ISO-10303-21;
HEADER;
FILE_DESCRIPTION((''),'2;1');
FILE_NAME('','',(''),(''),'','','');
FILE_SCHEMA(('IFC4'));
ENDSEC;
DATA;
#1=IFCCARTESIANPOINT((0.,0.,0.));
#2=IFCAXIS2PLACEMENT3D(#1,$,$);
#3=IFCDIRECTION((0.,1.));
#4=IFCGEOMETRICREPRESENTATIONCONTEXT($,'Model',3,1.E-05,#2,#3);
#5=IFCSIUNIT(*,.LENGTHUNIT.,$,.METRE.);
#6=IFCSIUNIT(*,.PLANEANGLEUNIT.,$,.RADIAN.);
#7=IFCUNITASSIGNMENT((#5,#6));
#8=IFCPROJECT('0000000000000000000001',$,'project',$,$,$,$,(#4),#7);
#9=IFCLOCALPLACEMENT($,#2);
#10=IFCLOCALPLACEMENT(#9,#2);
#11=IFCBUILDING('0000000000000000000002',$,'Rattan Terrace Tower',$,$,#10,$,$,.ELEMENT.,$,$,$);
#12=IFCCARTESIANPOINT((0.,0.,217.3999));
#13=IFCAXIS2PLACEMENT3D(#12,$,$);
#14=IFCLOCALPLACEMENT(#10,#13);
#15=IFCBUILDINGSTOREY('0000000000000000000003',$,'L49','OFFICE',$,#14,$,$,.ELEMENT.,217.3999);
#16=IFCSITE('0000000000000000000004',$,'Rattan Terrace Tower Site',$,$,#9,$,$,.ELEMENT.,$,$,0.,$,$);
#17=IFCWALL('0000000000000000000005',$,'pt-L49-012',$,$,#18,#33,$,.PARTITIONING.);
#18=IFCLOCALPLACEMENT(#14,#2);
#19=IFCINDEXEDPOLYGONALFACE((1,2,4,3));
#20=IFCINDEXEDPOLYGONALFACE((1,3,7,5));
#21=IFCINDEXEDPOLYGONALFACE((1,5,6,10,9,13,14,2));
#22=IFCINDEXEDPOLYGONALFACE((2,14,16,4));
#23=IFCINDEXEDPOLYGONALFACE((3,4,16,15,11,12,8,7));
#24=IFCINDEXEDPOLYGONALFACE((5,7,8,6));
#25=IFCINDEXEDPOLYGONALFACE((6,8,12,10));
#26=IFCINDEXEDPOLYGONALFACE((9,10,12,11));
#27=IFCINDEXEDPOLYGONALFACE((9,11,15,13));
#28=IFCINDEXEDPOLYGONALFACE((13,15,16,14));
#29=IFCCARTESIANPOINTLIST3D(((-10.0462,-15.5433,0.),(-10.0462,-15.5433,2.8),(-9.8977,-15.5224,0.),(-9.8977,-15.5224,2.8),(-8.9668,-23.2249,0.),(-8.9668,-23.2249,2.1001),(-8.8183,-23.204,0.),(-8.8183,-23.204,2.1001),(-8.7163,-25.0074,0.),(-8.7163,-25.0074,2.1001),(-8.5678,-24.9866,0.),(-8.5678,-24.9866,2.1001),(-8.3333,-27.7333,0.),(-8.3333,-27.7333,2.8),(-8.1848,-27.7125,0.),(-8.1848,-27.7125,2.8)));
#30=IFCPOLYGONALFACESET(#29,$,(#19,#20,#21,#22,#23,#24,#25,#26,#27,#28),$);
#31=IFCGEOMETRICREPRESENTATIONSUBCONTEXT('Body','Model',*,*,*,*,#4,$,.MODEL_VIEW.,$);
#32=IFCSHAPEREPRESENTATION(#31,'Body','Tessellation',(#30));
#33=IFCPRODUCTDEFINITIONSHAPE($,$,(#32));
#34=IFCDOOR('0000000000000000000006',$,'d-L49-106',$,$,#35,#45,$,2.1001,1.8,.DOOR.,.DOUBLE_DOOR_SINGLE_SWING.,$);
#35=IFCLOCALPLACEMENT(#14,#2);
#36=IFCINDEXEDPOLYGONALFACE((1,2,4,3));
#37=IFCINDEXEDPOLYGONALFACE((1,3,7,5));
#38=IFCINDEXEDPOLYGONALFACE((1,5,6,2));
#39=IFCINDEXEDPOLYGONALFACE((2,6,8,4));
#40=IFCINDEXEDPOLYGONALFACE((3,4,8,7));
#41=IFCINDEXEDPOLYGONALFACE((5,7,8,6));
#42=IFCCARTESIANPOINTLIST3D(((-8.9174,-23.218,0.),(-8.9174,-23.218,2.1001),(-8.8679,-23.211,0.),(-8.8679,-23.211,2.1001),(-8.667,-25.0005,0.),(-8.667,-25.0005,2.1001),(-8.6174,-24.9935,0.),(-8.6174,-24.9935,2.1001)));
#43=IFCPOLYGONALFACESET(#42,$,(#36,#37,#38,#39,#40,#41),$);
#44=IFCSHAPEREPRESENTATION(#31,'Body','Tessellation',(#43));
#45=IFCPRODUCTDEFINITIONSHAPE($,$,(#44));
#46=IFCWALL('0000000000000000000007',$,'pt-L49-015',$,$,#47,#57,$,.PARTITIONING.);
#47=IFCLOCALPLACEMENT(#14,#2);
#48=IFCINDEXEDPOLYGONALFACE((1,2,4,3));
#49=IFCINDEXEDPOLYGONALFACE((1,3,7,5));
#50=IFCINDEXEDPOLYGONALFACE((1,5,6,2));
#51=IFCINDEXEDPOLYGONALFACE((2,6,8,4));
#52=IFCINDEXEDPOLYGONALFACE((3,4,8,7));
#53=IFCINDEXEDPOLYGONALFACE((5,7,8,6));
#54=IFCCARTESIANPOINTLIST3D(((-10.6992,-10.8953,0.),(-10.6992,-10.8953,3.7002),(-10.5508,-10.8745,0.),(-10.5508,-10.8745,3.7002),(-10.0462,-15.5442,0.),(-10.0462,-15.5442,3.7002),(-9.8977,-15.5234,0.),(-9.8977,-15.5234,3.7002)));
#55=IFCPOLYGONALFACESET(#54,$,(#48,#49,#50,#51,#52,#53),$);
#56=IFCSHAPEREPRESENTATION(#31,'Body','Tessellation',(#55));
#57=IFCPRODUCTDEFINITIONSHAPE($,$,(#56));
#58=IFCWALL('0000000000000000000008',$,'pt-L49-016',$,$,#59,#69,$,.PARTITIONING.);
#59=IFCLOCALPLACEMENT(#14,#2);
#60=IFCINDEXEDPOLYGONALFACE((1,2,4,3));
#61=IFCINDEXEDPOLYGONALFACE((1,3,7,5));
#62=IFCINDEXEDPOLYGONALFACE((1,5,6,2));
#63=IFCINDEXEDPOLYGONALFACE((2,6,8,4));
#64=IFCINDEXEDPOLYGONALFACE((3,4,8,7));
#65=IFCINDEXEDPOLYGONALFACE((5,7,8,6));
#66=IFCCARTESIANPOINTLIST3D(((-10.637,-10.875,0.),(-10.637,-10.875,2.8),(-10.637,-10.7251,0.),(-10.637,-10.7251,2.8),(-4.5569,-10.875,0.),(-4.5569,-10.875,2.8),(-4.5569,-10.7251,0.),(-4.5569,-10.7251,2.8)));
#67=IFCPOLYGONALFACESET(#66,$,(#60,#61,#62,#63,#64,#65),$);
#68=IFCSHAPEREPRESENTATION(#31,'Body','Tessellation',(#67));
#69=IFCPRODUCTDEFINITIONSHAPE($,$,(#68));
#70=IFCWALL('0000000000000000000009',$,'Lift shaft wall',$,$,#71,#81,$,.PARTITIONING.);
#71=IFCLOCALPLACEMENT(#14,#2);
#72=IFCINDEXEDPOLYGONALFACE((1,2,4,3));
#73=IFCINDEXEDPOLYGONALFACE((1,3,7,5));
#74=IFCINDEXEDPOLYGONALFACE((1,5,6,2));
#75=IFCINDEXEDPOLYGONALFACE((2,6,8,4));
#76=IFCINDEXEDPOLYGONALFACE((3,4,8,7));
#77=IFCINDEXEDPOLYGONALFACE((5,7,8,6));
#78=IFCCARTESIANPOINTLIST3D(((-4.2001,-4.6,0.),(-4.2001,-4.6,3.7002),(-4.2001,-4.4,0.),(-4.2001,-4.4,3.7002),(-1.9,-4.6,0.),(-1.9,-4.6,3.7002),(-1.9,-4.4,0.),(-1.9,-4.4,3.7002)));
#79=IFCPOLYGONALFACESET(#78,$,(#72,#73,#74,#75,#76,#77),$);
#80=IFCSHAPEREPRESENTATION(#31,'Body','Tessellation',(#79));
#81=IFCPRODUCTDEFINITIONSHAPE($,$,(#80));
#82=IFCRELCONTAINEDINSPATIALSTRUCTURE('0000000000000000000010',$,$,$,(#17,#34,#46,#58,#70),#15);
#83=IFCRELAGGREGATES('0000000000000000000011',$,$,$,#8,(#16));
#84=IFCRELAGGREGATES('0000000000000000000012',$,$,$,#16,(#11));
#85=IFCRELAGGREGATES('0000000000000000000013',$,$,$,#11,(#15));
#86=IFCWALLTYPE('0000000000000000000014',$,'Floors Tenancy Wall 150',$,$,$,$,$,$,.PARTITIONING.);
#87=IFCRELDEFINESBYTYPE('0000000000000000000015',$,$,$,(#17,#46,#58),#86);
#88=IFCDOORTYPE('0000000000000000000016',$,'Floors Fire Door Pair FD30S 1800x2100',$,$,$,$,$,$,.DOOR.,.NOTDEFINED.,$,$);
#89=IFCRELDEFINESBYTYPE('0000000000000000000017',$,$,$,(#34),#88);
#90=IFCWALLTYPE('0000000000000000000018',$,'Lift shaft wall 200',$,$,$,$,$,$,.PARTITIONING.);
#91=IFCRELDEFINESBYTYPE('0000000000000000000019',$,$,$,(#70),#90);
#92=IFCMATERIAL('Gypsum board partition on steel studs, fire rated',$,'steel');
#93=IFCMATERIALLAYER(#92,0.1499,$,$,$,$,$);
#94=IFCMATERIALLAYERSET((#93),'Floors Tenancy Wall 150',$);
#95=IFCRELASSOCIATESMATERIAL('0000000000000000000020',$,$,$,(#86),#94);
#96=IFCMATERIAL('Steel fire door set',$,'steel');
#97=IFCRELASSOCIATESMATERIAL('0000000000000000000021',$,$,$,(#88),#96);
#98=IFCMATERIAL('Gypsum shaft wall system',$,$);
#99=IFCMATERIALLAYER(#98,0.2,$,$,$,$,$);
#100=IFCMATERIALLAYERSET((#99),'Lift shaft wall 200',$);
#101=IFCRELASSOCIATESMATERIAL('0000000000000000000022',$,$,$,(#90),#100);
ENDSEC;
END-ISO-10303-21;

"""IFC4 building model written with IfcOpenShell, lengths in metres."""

from ifc_helpers import new_model, si_unit, direction, frame, frame_2d, origin, place, context, subcontext, project, spatial, rectangle, extrude, material, layer, layer_set, type_object, element, fill, save


model = new_model("IFC4")

# Units and contexts
model_context = context("Model", 3, precision=1e-05, world=origin(), true_north=direction((0.0, 1.0)))
body_context = subcontext(model_context, "Body", "Model", "MODEL_VIEW")
ifc_project = project(units=[si_unit("LENGTHUNIT", "METRE"), si_unit("PLANEANGLEUNIT", "RADIAN")], contexts=[model_context])

# Site, building, storey
site_placement = place(None, origin())
site = spatial("IfcSite", under=ifc_project, at=site_placement, Name="Rattan Terrace Tower Site", CompositionType="ELEMENT", RefElevation=0.0)
building_placement = place(site_placement, origin())
building = spatial("IfcBuilding", under=site, at=building_placement, Name="Rattan Terrace Tower", CompositionType="ELEMENT")
storey_placement = place(building_placement, frame((0.0, 0.0, 217.3999)))
storey = spatial("IfcBuildingStorey", under=building, at=storey_placement, Name="L49", Description="OFFICE", CompositionType="ELEMENT", Elevation=217.3999)

# Shared definitions
ifc_material_1 = material(Name="Gypsum board partition on steel studs, fire rated", Category="steel")
ifc_layer_1 = layer(ifc_material_1, 0.1499)
ifc_layer_set_1 = layer_set([ifc_layer_1], Name="Floors Tenancy Wall 150")
wall_type_1 = type_object("IfcWallType", Name="Floors Tenancy Wall 150", PredefinedType="PARTITIONING", material=ifc_layer_set_1)

# Wall, opening, door
wall_1_placement = place(storey_placement, frame((-9.9719, -15.533, 0.0), z_axis=(0.0, 0.0, 1.0), x_axis=(0.13915, -0.990271, 0.0)))
wall_1 = element("IfcWall", 1, at=wall_1_placement, inside=storey, type_object=wall_type_1, Name="pt-L49-012", PredefinedType="PARTITIONING", context=body_context, shape_type="SweptSolid", body=[
    extrude(rectangle(XDim=12.3098, YDim=0.1499, at=frame_2d((6.1548, 0.0))), origin(), (0.0, 0.0, 1.0), 2.8),
])
opening_1_placement = place(wall_1_placement, frame((7.7571, 0.0, 0.0)))
opening_1 = element("IfcOpeningElement", 2, at=opening_1_placement, cuts=wall_1, PredefinedType="OPENING", context=body_context, shape_type="SweptSolid", body=[
    extrude(rectangle(XDim=1.8, YDim=2.1001, at=frame_2d((0.8999, 1.05))), frame((0.0, 0.0854, 0.0), z_axis=(0.0, -1.0, 0.0), x_axis=(1.0, 0.0, 0.0)), (0.0, 0.0, 1.0), 0.1709),
])
ifc_material_2 = material(Name="Steel fire door set", Category="steel")
door_type_1 = type_object("IfcDoorType", Name="Floors Fire Door Pair FD30S 1800x2100", OperationType="NOTDEFINED", PredefinedType="DOOR", material=ifc_material_2)
door_1_placement = place(opening_1_placement, origin())
door_1 = element("IfcDoor", 3, at=door_1_placement, inside=storey, type_object=door_type_1, Name="d-L49-106", OperationType="DOUBLE_DOOR_SINGLE_SWING", OverallHeight=2.1001, OverallWidth=1.8, PredefinedType="DOOR", context=body_context, shape_type="SweptSolid", body=[
    extrude(rectangle(XDim=1.8, YDim=2.1001, at=frame_2d((0.8999, 1.05))), frame((0.0, 0.0249, 0.0), z_axis=(0.0, -1.0, 0.0), x_axis=(1.0, 0.0, 0.0)), (0.0, 0.0, 1.0), 0.05),
])
fill(opening_1, door_1)

# Walls
wall_2_placement = place(storey_placement, frame((-10.625, -10.885, 0.0), z_axis=(0.0, 0.0, 1.0), x_axis=(0.139113, -0.990277, 0.0)))
element("IfcWall", 4, at=wall_2_placement, inside=storey, type_object=wall_type_1, Name="pt-L49-015", PredefinedType="PARTITIONING", context=body_context, shape_type="SweptSolid", body=[
    extrude(rectangle(XDim=4.6946, YDim=0.1499, at=frame_2d((2.3472, 0.0))), origin(), (0.0, 0.0, 1.0), 3.7002),
])
wall_3_placement = place(storey_placement, frame((-4.5569, -10.8, 0.0), z_axis=(0.0, 0.0, 1.0), x_axis=(-1.0, 0.0, 0.0)))
element("IfcWall", 5, at=wall_3_placement, inside=storey, type_object=wall_type_1, Name="pt-L49-016", PredefinedType="PARTITIONING", context=body_context, shape_type="SweptSolid", body=[
    extrude(rectangle(XDim=6.0801, YDim=0.1499, at=frame_2d((3.04, 0.0))), origin(), (0.0, 0.0, 1.0), 2.8),
])
ifc_material_3 = material(Name="Gypsum shaft wall system")
ifc_layer_2 = layer(ifc_material_3, 0.2)
ifc_layer_set_2 = layer_set([ifc_layer_2], Name="Lift shaft wall 200")
wall_type_2 = type_object("IfcWallType", Name="Lift shaft wall 200", PredefinedType="PARTITIONING", material=ifc_layer_set_2)
wall_4_placement = place(storey_placement, frame((-4.2, -4.5, 0.0), z_axis=(0.0, 0.0, 1.0), x_axis=(1.0, 0.0, 0.0)))
element("IfcWall", 6, at=wall_4_placement, inside=storey, type_object=wall_type_2, Name="Lift shaft wall", PredefinedType="PARTITIONING", context=body_context, shape_type="SweptSolid", body=[
    extrude(rectangle(XDim=2.3, YDim=0.2, at=frame_2d((1.1499, 0.0))), origin(), (0.0, 0.0, 1.0), 3.7002),
])

save(model, "model.ifc")
